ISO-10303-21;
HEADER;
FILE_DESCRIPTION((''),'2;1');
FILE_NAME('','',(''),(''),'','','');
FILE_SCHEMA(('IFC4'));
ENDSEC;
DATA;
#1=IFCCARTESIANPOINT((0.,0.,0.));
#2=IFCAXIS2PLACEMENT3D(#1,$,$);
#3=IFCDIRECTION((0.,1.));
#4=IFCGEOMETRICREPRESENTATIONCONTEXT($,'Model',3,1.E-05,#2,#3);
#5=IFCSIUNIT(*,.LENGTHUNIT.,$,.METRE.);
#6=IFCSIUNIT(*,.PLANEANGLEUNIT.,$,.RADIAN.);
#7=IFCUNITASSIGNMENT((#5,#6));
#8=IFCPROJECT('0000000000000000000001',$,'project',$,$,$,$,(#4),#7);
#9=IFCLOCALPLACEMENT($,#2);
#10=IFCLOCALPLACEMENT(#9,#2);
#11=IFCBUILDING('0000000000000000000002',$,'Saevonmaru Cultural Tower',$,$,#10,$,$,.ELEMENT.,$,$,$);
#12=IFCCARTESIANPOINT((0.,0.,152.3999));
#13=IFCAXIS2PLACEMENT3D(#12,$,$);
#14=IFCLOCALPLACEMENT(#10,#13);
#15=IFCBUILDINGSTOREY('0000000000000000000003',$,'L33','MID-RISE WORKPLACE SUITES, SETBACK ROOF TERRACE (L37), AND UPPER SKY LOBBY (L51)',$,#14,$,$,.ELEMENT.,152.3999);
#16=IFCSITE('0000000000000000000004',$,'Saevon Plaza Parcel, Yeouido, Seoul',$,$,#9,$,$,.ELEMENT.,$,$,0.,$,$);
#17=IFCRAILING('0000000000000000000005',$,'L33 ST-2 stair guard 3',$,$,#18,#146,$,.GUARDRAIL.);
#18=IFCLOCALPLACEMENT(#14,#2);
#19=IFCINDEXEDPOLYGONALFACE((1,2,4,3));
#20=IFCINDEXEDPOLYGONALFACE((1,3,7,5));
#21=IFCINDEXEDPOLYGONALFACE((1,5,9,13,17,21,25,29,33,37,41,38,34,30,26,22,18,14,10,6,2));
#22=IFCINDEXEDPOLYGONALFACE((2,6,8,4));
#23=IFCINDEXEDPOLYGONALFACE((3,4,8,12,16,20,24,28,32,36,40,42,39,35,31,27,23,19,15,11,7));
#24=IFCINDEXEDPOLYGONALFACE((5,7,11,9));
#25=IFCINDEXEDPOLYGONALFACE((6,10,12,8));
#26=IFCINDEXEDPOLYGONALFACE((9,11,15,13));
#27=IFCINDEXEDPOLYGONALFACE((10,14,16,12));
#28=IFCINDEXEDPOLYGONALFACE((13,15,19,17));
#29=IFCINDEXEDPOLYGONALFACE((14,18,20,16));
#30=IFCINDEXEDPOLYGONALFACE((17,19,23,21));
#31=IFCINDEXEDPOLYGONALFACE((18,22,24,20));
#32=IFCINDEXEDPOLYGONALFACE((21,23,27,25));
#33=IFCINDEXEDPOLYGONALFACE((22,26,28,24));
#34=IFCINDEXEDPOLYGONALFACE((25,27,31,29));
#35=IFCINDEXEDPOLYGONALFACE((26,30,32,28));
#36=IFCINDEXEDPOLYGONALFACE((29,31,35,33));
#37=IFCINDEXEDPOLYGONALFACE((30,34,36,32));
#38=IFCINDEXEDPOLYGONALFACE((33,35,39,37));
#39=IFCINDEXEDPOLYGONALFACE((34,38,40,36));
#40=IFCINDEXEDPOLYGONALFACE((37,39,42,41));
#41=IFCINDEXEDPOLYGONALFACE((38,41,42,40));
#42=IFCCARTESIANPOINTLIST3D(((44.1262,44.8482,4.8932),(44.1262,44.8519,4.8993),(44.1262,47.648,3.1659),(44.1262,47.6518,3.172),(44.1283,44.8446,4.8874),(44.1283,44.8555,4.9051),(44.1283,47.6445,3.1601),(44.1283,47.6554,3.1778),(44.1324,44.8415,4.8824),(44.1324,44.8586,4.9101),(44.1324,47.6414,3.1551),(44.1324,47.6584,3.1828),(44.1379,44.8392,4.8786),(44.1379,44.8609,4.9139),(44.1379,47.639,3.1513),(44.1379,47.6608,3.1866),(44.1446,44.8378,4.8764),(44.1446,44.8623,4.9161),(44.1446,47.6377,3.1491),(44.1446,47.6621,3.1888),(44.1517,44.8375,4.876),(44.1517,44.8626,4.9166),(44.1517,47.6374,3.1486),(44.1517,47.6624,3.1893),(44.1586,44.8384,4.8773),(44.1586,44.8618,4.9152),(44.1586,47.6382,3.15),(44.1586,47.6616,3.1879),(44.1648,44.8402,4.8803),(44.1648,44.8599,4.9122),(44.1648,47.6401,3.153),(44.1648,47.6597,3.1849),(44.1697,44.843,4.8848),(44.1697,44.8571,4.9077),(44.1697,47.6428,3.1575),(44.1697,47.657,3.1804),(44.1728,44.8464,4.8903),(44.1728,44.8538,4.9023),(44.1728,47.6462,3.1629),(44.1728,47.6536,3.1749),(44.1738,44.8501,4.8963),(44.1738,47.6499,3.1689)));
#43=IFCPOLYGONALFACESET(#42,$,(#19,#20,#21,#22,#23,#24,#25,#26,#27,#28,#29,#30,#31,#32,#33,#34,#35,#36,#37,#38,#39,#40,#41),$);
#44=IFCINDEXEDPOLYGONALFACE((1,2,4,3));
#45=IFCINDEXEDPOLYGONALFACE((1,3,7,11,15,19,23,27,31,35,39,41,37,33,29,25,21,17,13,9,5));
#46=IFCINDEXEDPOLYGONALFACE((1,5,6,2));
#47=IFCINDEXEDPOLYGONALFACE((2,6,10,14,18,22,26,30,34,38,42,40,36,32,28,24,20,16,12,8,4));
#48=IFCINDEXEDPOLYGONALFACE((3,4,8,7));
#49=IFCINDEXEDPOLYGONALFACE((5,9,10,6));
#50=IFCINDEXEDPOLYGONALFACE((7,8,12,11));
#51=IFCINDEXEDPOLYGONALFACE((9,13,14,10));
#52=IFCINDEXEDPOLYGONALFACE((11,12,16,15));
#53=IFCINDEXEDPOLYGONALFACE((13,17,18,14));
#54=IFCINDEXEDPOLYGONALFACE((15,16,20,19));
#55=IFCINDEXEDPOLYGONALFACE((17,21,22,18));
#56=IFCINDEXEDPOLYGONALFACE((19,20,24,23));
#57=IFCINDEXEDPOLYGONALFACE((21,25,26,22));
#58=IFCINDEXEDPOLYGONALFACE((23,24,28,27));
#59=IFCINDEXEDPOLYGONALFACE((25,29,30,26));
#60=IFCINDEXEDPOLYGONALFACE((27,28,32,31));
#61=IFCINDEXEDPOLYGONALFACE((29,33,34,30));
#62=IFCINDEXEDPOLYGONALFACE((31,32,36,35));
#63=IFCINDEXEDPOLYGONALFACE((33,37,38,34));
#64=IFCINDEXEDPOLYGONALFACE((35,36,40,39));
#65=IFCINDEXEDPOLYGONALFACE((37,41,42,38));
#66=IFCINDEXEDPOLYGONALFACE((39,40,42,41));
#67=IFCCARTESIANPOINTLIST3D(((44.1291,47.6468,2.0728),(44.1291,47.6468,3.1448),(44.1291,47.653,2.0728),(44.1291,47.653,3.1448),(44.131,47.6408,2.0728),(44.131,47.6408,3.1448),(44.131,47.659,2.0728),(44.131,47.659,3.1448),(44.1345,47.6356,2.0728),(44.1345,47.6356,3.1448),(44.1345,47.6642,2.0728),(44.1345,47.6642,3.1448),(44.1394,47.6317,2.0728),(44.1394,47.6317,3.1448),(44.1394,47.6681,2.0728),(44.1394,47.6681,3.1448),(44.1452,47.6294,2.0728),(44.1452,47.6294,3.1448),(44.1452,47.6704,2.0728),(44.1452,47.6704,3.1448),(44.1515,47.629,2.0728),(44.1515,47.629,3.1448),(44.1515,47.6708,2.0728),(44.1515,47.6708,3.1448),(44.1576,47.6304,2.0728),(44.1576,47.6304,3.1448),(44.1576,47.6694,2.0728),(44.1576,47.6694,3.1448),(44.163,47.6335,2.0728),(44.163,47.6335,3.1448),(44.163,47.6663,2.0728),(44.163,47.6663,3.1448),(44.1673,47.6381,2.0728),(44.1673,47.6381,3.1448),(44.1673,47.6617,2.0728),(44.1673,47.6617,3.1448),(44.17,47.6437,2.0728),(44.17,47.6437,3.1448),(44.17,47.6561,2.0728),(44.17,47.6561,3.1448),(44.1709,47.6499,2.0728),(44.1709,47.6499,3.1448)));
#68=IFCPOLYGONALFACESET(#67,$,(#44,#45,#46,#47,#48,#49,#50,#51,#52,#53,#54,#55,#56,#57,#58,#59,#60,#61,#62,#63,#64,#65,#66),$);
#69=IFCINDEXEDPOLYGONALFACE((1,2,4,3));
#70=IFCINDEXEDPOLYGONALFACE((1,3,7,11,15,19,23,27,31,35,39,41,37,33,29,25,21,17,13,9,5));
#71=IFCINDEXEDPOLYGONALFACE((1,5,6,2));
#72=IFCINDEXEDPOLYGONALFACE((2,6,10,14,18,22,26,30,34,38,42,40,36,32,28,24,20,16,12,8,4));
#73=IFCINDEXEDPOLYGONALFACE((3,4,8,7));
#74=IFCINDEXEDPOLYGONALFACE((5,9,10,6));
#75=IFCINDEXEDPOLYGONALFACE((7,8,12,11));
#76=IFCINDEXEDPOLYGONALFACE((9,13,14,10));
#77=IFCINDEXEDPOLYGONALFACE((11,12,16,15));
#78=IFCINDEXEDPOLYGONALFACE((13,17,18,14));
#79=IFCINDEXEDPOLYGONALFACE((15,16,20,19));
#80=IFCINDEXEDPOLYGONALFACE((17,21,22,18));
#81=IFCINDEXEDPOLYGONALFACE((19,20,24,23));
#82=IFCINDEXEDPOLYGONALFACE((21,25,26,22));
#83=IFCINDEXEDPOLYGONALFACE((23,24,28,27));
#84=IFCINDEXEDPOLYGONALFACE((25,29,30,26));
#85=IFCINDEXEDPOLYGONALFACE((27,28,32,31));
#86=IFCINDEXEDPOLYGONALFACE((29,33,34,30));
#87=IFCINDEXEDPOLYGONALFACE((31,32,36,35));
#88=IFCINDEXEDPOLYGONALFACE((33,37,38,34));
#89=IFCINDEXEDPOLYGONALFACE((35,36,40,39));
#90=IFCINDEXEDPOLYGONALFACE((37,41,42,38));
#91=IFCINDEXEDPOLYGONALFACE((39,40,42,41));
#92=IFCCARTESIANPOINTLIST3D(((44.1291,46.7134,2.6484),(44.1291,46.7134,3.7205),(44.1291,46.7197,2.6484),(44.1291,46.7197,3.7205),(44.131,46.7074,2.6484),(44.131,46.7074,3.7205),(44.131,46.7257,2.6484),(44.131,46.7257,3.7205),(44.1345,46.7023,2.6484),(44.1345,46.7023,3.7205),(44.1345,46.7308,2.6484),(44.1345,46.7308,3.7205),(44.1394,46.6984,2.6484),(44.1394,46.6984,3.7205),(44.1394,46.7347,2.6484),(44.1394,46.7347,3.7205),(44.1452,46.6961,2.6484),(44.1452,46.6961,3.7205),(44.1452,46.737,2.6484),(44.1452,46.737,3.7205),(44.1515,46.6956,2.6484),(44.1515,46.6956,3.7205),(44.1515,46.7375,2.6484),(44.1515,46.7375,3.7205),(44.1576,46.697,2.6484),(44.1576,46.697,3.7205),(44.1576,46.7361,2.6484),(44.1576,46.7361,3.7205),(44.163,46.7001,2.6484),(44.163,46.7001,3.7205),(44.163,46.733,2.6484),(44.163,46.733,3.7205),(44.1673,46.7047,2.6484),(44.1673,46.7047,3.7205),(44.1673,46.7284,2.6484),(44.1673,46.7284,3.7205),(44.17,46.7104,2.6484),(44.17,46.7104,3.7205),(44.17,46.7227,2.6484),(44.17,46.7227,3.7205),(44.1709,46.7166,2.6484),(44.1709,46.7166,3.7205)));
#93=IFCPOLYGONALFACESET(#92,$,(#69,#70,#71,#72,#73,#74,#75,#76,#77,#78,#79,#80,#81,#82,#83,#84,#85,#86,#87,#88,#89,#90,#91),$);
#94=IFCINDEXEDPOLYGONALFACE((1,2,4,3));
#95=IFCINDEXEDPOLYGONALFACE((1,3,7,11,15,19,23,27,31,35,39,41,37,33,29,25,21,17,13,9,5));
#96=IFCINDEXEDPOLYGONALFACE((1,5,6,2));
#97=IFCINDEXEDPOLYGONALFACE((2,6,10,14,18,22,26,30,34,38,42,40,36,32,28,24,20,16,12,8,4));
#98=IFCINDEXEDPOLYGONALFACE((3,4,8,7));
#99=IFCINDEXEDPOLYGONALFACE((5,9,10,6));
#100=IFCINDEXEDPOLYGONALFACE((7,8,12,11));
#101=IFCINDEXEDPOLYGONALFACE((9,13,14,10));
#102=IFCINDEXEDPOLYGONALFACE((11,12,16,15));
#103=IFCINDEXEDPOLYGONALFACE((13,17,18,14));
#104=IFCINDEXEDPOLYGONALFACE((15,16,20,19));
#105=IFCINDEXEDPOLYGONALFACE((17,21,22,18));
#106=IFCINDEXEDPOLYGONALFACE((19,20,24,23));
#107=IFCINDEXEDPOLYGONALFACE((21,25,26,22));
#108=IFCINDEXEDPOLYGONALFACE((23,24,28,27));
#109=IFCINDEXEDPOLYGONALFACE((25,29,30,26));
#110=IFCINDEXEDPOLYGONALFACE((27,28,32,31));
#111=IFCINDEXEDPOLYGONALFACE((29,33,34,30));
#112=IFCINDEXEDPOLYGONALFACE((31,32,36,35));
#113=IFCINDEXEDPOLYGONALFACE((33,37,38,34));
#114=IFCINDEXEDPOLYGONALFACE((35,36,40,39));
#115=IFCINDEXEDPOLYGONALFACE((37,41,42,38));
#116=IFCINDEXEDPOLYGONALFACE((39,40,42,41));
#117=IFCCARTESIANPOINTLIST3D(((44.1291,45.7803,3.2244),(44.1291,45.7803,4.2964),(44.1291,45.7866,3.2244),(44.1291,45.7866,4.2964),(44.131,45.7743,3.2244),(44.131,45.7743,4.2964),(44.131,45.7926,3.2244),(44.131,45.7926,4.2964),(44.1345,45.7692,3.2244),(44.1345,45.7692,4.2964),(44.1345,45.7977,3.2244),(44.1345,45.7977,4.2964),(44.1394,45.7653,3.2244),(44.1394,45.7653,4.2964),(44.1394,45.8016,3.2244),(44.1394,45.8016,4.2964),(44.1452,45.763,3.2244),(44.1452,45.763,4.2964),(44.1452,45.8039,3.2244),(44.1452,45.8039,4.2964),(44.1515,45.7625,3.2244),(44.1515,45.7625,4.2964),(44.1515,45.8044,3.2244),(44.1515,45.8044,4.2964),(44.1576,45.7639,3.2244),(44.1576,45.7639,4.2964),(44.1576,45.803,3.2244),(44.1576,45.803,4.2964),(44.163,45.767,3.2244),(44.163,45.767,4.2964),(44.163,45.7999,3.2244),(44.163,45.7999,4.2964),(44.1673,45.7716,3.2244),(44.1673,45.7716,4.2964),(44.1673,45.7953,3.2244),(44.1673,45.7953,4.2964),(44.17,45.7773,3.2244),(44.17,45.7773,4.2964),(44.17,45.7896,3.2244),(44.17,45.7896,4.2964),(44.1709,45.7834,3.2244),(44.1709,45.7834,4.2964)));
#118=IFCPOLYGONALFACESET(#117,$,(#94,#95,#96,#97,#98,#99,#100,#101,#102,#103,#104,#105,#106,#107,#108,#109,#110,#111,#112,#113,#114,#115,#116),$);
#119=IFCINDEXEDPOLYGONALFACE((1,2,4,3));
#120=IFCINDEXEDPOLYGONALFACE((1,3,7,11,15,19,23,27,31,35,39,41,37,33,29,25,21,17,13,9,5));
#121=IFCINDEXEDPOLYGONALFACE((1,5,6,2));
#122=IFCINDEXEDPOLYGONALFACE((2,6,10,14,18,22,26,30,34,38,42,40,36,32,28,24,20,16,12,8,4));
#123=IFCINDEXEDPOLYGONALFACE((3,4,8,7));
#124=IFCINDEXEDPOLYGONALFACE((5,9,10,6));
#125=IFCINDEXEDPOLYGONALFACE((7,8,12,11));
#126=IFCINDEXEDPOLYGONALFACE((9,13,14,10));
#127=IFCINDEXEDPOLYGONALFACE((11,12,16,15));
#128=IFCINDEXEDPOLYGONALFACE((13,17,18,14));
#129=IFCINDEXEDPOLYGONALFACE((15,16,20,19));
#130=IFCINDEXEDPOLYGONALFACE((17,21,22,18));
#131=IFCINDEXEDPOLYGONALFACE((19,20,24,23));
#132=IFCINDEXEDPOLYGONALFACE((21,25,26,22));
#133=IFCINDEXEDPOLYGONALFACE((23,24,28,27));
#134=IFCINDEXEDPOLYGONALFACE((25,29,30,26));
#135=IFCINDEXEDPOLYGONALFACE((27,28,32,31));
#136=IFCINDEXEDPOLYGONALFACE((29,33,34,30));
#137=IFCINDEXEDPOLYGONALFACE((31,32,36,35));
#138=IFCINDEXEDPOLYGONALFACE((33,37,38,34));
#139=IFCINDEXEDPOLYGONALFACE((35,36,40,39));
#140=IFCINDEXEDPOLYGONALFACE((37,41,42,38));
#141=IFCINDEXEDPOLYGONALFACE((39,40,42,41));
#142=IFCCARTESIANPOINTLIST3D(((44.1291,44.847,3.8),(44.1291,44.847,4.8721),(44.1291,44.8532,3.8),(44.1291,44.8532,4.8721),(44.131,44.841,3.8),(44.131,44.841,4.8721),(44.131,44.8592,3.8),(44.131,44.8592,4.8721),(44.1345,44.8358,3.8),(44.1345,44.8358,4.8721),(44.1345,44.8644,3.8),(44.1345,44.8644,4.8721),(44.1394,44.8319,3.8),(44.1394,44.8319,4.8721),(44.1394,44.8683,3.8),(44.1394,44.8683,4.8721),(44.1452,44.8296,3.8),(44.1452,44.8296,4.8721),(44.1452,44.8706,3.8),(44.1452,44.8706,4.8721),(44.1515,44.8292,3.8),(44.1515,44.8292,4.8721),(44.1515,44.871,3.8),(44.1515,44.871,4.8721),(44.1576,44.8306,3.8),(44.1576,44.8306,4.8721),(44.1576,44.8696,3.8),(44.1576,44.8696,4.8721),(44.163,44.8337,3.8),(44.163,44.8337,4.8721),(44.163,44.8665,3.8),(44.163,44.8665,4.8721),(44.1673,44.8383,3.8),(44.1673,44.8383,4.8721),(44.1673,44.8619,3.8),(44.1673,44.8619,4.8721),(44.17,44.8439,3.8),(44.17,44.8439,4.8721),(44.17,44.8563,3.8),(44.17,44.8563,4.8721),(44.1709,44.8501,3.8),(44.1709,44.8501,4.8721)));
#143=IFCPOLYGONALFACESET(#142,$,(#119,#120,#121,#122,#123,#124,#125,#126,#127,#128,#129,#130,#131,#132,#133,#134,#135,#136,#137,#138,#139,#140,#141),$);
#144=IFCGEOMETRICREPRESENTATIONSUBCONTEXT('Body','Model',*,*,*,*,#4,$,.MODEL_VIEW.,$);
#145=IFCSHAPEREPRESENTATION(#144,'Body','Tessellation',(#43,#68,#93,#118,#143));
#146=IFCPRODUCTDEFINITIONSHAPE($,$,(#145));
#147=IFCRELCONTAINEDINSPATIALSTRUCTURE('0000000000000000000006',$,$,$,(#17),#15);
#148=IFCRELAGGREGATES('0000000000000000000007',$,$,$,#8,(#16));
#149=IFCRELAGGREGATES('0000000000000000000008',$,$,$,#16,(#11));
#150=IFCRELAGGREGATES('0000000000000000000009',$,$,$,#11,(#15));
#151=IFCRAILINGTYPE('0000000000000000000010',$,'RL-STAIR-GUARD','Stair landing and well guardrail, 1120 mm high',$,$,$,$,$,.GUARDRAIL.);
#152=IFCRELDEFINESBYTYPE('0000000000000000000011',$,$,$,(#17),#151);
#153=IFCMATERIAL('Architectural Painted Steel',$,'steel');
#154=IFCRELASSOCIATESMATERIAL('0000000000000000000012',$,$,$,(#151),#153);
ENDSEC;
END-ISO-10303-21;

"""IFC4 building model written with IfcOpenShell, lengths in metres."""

from ifc_helpers import new_model, si_unit, direction, frame, origin, origin_2d, place, context, subcontext, project, spatial, circle, extrude, material, type_object, element, save


model = new_model("IFC4")

# Units and contexts
model_context = context("Model", 3, precision=1e-05, world=origin(), true_north=direction((0.0, 1.0)))
body_context = subcontext(model_context, "Body", "Model", "MODEL_VIEW")
ifc_project = project(units=[si_unit("LENGTHUNIT", "METRE"), si_unit("PLANEANGLEUNIT", "RADIAN")], contexts=[model_context])

# Site, building, storey
site_placement = place(None, origin())
site = spatial("IfcSite", under=ifc_project, at=site_placement, Name="Saevon Plaza Parcel, Yeouido, Seoul", CompositionType="ELEMENT", RefElevation=0.0)
building_placement = place(site_placement, origin())
building = spatial("IfcBuilding", under=site, at=building_placement, Name="Saevonmaru Cultural Tower", CompositionType="ELEMENT")
storey_placement = place(building_placement, frame((0.0, 0.0, 152.3999)))
storey = spatial("IfcBuildingStorey", under=building, at=storey_placement, Name="L33", Description="MID-RISE WORKPLACE SUITES, SETBACK ROOF TERRACE (L37), AND UPPER SKY LOBBY (L51)", CompositionType="ELEMENT", Elevation=152.3999)

# Railing
ifc_material_1 = material(Name="Architectural Painted Steel", Category="steel")
railing_type_1 = type_object("IfcRailingType", Name="RL-STAIR-GUARD", Description="Stair landing and well guardrail, 1120 mm high", PredefinedType="GUARDRAIL", material=ifc_material_1)
railing_1_placement = place(storey_placement, frame((44.1499, 47.6499, 2.0728)))
element("IfcRailing", 1, at=railing_1_placement, inside=storey, type_object=railing_type_1, Name="L33 ST-2 stair guard 3", PredefinedType="GUARDRAIL", context=body_context, shape_type="SweptSolid", body=[
    extrude(circle(Radius=0.0239, at=origin_2d()), frame((0.0, 0.0, 1.0962), z_axis=(0.0, -0.851069, 0.525054), x_axis=(1.0, 0.0, 0.0)), (0.0, 0.0, 1.0), 3.2898),
    extrude(circle(Radius=0.021, at=origin_2d()), origin(), (0.0, 0.0, 1.0), 1.072),
    extrude(circle(Radius=0.021, at=origin_2d()), frame((0.0, -0.9333, 0.5757)), (0.0, 0.0, 1.0), 1.072),
    extrude(circle(Radius=0.021, at=origin_2d()), frame((0.0, -1.8665, 1.1516)), (0.0, 0.0, 1.0), 1.072),
    extrude(circle(Radius=0.021, at=origin_2d()), frame((0.0, -2.7998, 1.7273)), (0.0, 0.0, 1.0), 1.072),
])

save(model, "model.ifc")
